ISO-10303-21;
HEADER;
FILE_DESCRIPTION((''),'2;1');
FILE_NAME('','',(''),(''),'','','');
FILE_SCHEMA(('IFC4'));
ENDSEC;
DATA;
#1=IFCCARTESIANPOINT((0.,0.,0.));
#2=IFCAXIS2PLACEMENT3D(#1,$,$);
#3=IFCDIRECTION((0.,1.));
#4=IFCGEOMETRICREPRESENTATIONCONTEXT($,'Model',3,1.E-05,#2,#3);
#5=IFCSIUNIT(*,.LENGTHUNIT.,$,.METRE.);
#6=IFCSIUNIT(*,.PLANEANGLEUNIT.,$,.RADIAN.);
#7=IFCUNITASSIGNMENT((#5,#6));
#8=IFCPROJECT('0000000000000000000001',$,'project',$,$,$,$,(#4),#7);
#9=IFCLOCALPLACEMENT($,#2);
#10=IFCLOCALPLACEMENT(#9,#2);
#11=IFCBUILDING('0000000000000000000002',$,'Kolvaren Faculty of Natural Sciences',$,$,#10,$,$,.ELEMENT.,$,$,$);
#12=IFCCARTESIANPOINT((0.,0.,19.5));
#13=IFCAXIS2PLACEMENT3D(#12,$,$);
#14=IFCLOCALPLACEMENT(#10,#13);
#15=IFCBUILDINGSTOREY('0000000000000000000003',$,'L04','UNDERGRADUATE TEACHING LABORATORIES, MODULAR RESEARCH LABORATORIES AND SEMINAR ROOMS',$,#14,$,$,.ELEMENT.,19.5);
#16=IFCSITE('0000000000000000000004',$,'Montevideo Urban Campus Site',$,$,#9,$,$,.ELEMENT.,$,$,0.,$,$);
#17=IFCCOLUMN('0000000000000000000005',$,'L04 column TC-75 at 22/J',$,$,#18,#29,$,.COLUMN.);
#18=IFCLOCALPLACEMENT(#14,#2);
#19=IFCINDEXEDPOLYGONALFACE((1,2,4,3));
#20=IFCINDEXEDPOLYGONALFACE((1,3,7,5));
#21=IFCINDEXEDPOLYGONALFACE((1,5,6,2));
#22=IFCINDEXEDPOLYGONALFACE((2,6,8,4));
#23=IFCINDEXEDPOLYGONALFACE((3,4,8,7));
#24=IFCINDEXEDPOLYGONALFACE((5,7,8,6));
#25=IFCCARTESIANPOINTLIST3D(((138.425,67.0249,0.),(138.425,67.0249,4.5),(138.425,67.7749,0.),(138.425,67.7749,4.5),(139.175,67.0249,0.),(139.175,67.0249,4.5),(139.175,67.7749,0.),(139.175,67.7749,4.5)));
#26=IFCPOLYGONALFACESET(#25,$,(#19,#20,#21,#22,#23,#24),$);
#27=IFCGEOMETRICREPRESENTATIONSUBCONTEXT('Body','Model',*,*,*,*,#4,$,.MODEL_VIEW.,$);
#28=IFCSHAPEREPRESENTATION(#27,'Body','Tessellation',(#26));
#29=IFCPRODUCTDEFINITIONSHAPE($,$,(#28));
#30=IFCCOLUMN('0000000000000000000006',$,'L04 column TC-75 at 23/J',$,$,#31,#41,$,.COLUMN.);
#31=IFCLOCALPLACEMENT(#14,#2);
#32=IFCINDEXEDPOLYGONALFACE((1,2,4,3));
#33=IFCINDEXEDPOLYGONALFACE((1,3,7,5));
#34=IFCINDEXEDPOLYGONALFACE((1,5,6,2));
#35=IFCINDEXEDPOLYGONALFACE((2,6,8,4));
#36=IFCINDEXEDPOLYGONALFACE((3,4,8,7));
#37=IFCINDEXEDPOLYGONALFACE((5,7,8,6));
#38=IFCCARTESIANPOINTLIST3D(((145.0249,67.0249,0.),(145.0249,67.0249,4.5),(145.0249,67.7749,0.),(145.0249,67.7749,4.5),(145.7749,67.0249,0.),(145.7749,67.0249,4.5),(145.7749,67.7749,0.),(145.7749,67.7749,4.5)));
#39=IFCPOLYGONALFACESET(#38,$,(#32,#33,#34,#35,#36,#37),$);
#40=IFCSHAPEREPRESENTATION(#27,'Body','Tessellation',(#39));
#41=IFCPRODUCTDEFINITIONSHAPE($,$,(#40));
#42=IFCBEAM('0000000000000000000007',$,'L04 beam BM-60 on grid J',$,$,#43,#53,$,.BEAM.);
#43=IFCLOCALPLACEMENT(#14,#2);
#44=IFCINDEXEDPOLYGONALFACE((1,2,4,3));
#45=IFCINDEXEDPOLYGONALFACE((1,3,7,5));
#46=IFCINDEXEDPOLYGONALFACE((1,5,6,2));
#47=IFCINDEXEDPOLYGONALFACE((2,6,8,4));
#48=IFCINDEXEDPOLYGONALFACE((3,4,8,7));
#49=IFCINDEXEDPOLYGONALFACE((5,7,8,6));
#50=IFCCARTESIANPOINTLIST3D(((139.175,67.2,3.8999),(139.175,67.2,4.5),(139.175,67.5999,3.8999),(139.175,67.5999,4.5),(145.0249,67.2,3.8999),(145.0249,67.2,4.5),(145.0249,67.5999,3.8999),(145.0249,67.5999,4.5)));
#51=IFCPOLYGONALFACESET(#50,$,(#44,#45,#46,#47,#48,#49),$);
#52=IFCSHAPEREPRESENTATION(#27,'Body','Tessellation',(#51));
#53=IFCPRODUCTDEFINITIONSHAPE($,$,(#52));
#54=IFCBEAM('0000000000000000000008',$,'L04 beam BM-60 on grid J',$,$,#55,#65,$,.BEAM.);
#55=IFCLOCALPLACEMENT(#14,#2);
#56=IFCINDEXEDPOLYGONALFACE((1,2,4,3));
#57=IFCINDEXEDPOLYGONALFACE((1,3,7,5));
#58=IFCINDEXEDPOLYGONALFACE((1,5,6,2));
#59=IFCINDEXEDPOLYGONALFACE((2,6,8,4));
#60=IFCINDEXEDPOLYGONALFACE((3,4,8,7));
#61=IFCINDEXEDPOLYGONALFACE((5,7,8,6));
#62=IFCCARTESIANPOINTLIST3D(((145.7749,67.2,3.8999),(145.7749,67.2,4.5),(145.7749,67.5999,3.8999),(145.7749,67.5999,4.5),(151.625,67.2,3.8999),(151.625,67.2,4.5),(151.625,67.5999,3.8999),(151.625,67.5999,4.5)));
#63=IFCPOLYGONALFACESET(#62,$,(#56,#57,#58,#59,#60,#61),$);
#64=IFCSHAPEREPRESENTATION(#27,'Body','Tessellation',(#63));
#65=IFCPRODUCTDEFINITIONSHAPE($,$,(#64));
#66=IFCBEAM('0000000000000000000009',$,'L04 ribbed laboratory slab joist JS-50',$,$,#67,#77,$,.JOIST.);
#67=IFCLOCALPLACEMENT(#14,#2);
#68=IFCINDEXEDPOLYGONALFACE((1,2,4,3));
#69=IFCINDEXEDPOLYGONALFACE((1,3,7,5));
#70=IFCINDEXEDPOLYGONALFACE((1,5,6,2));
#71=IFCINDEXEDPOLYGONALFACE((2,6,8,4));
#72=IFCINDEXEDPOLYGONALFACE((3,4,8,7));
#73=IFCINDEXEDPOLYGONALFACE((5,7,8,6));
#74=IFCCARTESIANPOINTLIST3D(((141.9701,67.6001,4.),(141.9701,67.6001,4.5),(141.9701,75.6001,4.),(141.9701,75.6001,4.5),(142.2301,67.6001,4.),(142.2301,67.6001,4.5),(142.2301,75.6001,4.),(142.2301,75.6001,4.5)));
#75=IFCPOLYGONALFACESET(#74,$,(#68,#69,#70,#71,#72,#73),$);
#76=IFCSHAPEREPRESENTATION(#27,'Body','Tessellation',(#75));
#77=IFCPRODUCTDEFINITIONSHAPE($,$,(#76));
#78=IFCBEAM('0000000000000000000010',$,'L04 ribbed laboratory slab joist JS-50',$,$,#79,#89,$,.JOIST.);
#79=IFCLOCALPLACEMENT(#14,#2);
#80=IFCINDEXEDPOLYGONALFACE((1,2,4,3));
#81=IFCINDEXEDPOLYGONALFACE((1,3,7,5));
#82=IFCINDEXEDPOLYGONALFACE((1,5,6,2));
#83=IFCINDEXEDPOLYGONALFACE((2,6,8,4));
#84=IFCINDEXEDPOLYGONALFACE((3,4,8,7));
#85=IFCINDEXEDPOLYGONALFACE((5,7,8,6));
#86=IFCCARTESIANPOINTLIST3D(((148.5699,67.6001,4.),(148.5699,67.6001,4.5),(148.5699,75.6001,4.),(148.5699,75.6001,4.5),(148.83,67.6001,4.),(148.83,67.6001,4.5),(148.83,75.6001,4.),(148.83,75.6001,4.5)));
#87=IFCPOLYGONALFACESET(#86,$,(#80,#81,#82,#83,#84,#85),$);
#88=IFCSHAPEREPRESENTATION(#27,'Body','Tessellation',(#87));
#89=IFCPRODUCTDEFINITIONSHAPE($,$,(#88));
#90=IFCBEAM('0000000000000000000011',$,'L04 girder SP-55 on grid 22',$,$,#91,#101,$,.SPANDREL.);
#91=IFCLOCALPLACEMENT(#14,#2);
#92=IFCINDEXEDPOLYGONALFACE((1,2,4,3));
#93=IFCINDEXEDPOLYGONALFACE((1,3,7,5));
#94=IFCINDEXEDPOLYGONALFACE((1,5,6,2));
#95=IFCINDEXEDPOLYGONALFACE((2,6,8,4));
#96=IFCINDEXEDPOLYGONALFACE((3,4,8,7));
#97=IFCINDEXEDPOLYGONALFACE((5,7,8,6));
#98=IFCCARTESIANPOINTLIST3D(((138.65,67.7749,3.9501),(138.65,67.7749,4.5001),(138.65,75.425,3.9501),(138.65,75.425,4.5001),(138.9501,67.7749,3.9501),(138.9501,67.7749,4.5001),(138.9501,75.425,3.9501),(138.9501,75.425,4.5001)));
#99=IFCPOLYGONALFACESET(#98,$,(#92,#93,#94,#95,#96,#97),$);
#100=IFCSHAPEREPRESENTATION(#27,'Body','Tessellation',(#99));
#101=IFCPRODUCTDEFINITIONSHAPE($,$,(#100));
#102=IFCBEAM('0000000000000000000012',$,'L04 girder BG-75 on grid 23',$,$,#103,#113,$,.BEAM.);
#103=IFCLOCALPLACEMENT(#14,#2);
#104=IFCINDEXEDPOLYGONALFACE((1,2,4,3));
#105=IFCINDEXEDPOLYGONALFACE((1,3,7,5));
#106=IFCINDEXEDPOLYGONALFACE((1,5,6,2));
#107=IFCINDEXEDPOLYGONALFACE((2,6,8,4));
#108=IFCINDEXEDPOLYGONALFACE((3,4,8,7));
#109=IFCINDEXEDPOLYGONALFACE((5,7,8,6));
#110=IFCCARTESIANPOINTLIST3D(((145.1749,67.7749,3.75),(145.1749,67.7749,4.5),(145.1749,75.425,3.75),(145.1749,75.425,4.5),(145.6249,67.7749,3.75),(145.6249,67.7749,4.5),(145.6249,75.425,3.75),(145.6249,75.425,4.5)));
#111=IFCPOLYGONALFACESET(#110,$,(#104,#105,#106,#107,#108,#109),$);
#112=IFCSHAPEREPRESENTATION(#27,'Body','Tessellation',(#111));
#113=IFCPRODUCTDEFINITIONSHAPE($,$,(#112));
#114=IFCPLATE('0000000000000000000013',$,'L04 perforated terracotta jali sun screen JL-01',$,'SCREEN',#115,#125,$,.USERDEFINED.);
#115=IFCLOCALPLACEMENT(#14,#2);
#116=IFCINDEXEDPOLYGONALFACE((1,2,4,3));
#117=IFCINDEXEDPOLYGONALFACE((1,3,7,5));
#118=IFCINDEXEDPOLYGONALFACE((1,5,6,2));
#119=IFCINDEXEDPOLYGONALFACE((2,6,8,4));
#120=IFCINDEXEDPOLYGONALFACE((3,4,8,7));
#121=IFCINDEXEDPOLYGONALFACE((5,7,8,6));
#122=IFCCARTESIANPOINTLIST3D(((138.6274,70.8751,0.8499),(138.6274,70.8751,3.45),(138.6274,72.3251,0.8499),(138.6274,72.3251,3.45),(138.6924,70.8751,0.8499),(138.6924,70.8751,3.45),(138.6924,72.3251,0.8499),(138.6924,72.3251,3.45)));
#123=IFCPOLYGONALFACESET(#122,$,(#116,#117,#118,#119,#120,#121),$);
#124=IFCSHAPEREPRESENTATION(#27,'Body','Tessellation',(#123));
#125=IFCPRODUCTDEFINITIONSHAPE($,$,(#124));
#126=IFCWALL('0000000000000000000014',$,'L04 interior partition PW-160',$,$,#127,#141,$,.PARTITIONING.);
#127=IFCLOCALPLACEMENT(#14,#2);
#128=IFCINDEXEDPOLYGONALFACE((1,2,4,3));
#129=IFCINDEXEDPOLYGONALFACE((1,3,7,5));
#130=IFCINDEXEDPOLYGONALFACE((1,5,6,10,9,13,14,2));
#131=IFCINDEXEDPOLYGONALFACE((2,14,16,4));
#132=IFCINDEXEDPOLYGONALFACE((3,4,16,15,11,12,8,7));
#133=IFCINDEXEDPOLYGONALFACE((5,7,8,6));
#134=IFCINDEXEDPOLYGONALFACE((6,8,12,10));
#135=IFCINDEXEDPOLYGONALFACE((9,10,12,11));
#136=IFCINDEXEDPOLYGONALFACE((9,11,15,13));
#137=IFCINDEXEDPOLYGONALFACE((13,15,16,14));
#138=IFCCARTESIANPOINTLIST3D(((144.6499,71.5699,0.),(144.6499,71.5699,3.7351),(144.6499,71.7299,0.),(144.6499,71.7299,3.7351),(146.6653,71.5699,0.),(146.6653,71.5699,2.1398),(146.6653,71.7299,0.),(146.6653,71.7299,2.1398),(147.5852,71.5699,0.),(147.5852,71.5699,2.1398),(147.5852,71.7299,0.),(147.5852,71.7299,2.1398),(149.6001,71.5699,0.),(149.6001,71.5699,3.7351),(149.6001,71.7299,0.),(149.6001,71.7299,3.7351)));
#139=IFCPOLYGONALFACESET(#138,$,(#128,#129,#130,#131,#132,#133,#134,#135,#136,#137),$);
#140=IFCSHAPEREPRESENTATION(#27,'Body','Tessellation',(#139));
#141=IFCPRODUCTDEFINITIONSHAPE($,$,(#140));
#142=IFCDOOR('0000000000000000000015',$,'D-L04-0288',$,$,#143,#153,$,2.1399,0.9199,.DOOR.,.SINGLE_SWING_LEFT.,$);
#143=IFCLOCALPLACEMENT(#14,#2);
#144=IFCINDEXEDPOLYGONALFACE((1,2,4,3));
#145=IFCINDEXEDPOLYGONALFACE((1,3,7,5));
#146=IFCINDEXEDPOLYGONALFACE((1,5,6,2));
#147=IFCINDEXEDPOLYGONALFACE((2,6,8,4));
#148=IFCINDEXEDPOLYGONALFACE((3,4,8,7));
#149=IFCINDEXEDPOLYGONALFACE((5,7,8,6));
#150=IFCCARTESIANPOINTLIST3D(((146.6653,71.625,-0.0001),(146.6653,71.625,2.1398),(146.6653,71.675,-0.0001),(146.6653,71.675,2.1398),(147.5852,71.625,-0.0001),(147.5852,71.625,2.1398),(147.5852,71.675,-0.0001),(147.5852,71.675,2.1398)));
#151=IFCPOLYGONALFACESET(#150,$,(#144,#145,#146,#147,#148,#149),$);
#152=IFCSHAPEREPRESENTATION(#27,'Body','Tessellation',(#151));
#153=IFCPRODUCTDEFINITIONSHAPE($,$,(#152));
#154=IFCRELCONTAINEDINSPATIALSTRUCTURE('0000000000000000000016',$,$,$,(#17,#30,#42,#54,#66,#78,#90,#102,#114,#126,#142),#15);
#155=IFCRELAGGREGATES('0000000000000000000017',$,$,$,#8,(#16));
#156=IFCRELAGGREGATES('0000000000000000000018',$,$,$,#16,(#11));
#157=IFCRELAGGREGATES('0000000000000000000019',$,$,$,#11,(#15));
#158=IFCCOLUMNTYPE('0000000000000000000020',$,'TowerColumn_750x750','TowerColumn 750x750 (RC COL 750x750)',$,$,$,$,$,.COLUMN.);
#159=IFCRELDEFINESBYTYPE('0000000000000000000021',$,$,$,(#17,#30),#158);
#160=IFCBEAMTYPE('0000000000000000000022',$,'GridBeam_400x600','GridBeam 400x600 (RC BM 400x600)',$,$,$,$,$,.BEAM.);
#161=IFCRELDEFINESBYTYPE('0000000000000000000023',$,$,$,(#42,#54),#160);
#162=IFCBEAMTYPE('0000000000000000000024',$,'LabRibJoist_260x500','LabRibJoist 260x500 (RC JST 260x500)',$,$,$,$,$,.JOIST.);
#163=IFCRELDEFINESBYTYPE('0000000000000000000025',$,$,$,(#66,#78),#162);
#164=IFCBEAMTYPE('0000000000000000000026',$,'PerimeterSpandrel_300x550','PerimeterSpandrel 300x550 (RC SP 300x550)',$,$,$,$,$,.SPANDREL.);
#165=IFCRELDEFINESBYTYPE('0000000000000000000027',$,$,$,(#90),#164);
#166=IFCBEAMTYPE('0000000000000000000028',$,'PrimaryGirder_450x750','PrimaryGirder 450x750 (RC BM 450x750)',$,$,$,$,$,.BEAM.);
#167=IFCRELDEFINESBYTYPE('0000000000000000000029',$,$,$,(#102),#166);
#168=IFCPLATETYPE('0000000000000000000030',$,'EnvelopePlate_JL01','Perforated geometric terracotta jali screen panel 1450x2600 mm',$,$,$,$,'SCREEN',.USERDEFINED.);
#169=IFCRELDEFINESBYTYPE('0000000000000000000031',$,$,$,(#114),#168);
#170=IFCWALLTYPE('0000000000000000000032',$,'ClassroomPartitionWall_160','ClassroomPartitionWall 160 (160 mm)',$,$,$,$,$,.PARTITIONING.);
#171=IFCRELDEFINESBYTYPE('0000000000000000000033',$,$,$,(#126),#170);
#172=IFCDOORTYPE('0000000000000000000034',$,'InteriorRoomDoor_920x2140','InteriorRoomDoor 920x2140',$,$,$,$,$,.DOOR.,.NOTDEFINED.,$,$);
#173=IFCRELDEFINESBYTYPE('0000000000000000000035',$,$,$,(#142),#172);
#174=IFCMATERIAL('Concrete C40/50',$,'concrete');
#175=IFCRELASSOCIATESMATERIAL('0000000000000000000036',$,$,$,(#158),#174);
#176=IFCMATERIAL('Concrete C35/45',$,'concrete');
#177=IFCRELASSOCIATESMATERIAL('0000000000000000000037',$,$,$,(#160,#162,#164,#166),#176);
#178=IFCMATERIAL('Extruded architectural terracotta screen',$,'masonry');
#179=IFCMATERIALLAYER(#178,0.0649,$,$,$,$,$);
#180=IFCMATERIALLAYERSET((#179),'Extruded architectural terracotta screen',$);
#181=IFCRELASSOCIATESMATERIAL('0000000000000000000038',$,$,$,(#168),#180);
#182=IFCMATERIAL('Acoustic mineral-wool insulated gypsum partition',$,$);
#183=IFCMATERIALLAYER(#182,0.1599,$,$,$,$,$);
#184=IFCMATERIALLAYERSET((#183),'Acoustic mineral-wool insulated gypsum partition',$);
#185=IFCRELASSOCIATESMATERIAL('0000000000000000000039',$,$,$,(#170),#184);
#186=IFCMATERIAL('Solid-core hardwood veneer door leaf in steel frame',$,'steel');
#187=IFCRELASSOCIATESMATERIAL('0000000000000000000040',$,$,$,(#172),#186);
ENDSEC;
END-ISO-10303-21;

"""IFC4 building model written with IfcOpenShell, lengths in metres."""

from ifc_helpers import new_model, si_unit, direction, frame, frame_2d, origin, origin_2d, place, context, subcontext, project, spatial, rectangle, extrude, material, layer, layer_set, material_profile, profile_set, type_object, element, fill, save


model = new_model("IFC4")

# Units and contexts
model_context = context("Model", 3, precision=1e-05, world=origin(), true_north=direction((0.0, 1.0)))
body_context = subcontext(model_context, "Body", "Model", "MODEL_VIEW")
ifc_project = project(units=[si_unit("LENGTHUNIT", "METRE"), si_unit("PLANEANGLEUNIT", "RADIAN")], contexts=[model_context])

# Site, building, storey
site_placement = place(None, origin())
site = spatial("IfcSite", under=ifc_project, at=site_placement, Name="Montevideo Urban Campus Site", CompositionType="ELEMENT", RefElevation=0.0)
building_placement = place(site_placement, origin())
building = spatial("IfcBuilding", under=site, at=building_placement, Name="Kolvaren Faculty of Natural Sciences", CompositionType="ELEMENT")
storey_placement = place(building_placement, frame((0.0, 0.0, 19.5)))
storey = spatial("IfcBuildingStorey", under=building, at=storey_placement, Name="L04", Description="UNDERGRADUATE TEACHING LABORATORIES, MODULAR RESEARCH LABORATORIES AND SEMINAR ROOMS", CompositionType="ELEMENT", Elevation=19.5)

# Columns
ifc_material_1 = material(Name="Concrete C40/50", Category="concrete")
ifc_material_profile_1 = material_profile(ifc_material_1, rectangle(XDim=0.75, YDim=0.75, at=origin_2d()), Name="RC COL 750x750")
ifc_profile_set_1 = profile_set([ifc_material_profile_1], Name="Concrete C40/50")
column_type = type_object("IfcColumnType", Name="TowerColumn_750x750", Description="TowerColumn 750x750 (RC COL 750x750)", PredefinedType="COLUMN", material=ifc_profile_set_1)
for number, where, z_axis, x_axis, name in (
    (1, (138.8, 67.3999, 0.0), (0.0, 0.0, 1.0), (1.0, 0.0, 0.0), "L04 column TC-75 at 22/J"),
    (2, (145.3999, 67.3999, 0.0), (0.0, 0.0, 1.0), (1.0, 0.0, 0.0), "L04 column TC-75 at 23/J"),
):
    element("IfcColumn", number, at=place(storey_placement, frame(where, z_axis=z_axis, x_axis=x_axis)), inside=storey, type_object=column_type, Name=name, PredefinedType="COLUMN", context=body_context, shape_type="SweptSolid", body=[
        extrude(rectangle(XDim=0.75, YDim=0.75, at=origin_2d()), origin(), (0.0, 0.0, 1.0), 4.5),
    ])

# Beams
ifc_material_2 = material(Name="Concrete C35/45", Category="concrete")
ifc_material_profile_2 = material_profile(ifc_material_2, rectangle(XDim=0.3999, YDim=0.6001, at=origin_2d()), Name="RC BM 400x600")
ifc_profile_set_2 = profile_set([ifc_material_profile_2], Name="Concrete C35/45")
beam_type_1 = type_object("IfcBeamType", Name="GridBeam_400x600", Description="GridBeam 400x600 (RC BM 400x600)", PredefinedType="BEAM", material=ifc_profile_set_2)
beam_1_placement = place(storey_placement, frame((139.175, 67.3999, 4.2), z_axis=(1.0, 0.0, 0.0), x_axis=(0.0, 1.0, 0.0)))
element("IfcBeam", 3, at=beam_1_placement, inside=storey, type_object=beam_type_1, Name="L04 beam BM-60 on grid J", PredefinedType="BEAM", context=body_context, shape_type="SweptSolid", body=[
    extrude(rectangle(XDim=0.3999, YDim=0.6001, at=origin_2d()), origin(), (0.0, 0.0, 1.0), 5.8499),
])
beam_2_placement = place(storey_placement, frame((145.7749, 67.3999, 4.2), z_axis=(1.0, 0.0, 0.0), x_axis=(0.0, 1.0, 0.0)))
element("IfcBeam", 4, at=beam_2_placement, inside=storey, type_object=beam_type_1, Name="L04 beam BM-60 on grid J", PredefinedType="BEAM", context=body_context, shape_type="SweptSolid", body=[
    extrude(rectangle(XDim=0.3999, YDim=0.6001, at=origin_2d()), origin(), (0.0, 0.0, 1.0), 5.8501),
])
ifc_material_profile_3 = material_profile(ifc_material_2, rectangle(XDim=0.26, YDim=0.5, at=origin_2d()), Name="RC JST 260x500")
ifc_profile_set_3 = profile_set([ifc_material_profile_3], Name="Concrete C35/45")
beam_type_2 = type_object("IfcBeamType", Name="LabRibJoist_260x500", Description="LabRibJoist 260x500 (RC JST 260x500)", PredefinedType="JOIST", material=ifc_profile_set_3)
for number, where, z_axis, x_axis, name in (
    (5, (142.1001, 67.6001, 4.25), (0.0, 1.0, 0.0), (-1.0, 0.0, 0.0), "L04 ribbed laboratory slab joist JS-50"),
    (6, (148.7, 67.6001, 4.25), (0.0, 1.0, 0.0), (-1.0, 0.0, 0.0), "L04 ribbed laboratory slab joist JS-50"),
):
    element("IfcBeam", number, at=place(storey_placement, frame(where, z_axis=z_axis, x_axis=x_axis)), inside=storey, type_object=beam_type_2, Name=name, PredefinedType="JOIST", context=body_context, shape_type="SweptSolid", body=[
        extrude(rectangle(XDim=0.26, YDim=0.5, at=origin_2d()), origin(), (0.0, 0.0, 1.0), 8.0),
    ])
ifc_material_profile_4 = material_profile(ifc_material_2, rectangle(XDim=0.3, YDim=0.55, at=origin_2d()), Name="RC SP 300x550")
ifc_profile_set_4 = profile_set([ifc_material_profile_4], Name="Concrete C35/45")
beam_type_3 = type_object("IfcBeamType", Name="PerimeterSpandrel_300x550", Description="PerimeterSpandrel 300x550 (RC SP 300x550)", PredefinedType="SPANDREL", material=ifc_profile_set_4)
beam_3_placement = place(storey_placement, frame((138.8, 67.7749, 4.2251), z_axis=(0.0, 1.0, 0.0), x_axis=(-1.0, 0.0, 0.0)))
element("IfcBeam", 7, at=beam_3_placement, inside=storey, type_object=beam_type_3, Name="L04 girder SP-55 on grid 22", PredefinedType="SPANDREL", context=body_context, shape_type="SweptSolid", body=[
    extrude(rectangle(XDim=0.3, YDim=0.55, at=origin_2d()), origin(), (0.0, 0.0, 1.0), 7.6501),
])
ifc_material_profile_5 = material_profile(ifc_material_2, rectangle(XDim=0.45, YDim=0.75, at=origin_2d()), Name="RC BM 450x750")
ifc_profile_set_5 = profile_set([ifc_material_profile_5], Name="Concrete C35/45")
beam_type_4 = type_object("IfcBeamType", Name="PrimaryGirder_450x750", Description="PrimaryGirder 450x750 (RC BM 450x750)", PredefinedType="BEAM", material=ifc_profile_set_5)
beam_4_placement = place(storey_placement, frame((145.3999, 67.7749, 4.125), z_axis=(0.0, 1.0, 0.0), x_axis=(-1.0, 0.0, 0.0)))
element("IfcBeam", 8, at=beam_4_placement, inside=storey, type_object=beam_type_4, Name="L04 girder BG-75 on grid 23", PredefinedType="BEAM", context=body_context, shape_type="SweptSolid", body=[
    extrude(rectangle(XDim=0.45, YDim=0.75, at=origin_2d()), origin(), (0.0, 0.0, 1.0), 7.6501),
])

# Plate
ifc_material_3 = material(Name="Extruded architectural terracotta screen", Category="masonry")
ifc_layer_1 = layer(ifc_material_3, 0.0649)
ifc_layer_set_1 = layer_set([ifc_layer_1], Name="Extruded architectural terracotta screen")
plate_type = type_object("IfcPlateType", Name="EnvelopePlate_JL01", Description="Perforated geometric terracotta jali screen panel 1450x2600 mm", ElementType="SCREEN", PredefinedType="USERDEFINED", material=ifc_layer_set_1)
plate_placement = place(storey_placement, frame((138.6599, 71.6001, 0.8499), z_axis=(0.0, 0.0, 1.0), x_axis=(0.0, 1.0, 0.0)))
element("IfcPlate", 9, at=plate_placement, inside=storey, type_object=plate_type, Name="L04 perforated terracotta jali sun screen JL-01", ObjectType="SCREEN", PredefinedType="USERDEFINED", context=body_context, shape_type="SweptSolid", body=[
    extrude(rectangle(XDim=1.45, YDim=0.0649, at=origin_2d()), origin(), (0.0, 0.0, 1.0), 2.6001),
])

# Wall, opening, door
ifc_material_4 = material(Name="Acoustic mineral-wool insulated gypsum partition")
ifc_layer_2 = layer(ifc_material_4, 0.1599)
ifc_layer_set_2 = layer_set([ifc_layer_2], Name="Acoustic mineral-wool insulated gypsum partition")
wall_type_1 = type_object("IfcWallType", Name="ClassroomPartitionWall_160", Description="ClassroomPartitionWall 160 (160 mm)", PredefinedType="PARTITIONING", material=ifc_layer_set_2)
wall_1_placement = place(storey_placement, frame((149.6001, 71.6499, 0.0), z_axis=(0.0, 0.0, 1.0), x_axis=(-1.0, 0.0, 0.0)))
wall_1 = element("IfcWall", 10, at=wall_1_placement, inside=storey, type_object=wall_type_1, Name="L04 interior partition PW-160", PredefinedType="PARTITIONING", context=body_context, shape_type="SweptSolid", body=[
    extrude(rectangle(XDim=4.9502, YDim=0.1599, at=frame_2d((2.4751, 0.0))), origin(), (0.0, 0.0, 1.0), 3.7351),
])
opening_1_placement = place(wall_1_placement, frame((2.0149, 0.0, 0.0)))
opening_1 = element("IfcOpeningElement", 11, at=opening_1_placement, cuts=wall_1, PredefinedType="OPENING", context=body_context, shape_type="SweptSolid", body=[
    extrude(rectangle(XDim=0.9199, YDim=2.1399, at=frame_2d((0.46, 1.0698))), frame((0.0, 0.0898, 0.0), z_axis=(0.0, -1.0, 0.0), x_axis=(1.0, 0.0, 0.0)), (0.0, 0.0, 1.0), 0.1799),
])
ifc_material_5 = material(Name="Solid-core hardwood veneer door leaf in steel frame", Category="steel")
door_type_1 = type_object("IfcDoorType", Name="InteriorRoomDoor_920x2140", Description="InteriorRoomDoor 920x2140", OperationType="NOTDEFINED", PredefinedType="DOOR", material=ifc_material_5)
door_1_placement = place(opening_1_placement, origin())
door_1 = element("IfcDoor", 12, at=door_1_placement, inside=storey, type_object=door_type_1, Name="D-L04-0288", OperationType="SINGLE_SWING_LEFT", OverallHeight=2.1399, OverallWidth=0.9199, PredefinedType="DOOR", context=body_context, shape_type="SweptSolid", body=[
    extrude(rectangle(XDim=0.9199, YDim=2.1399, at=frame_2d((0.46, 1.0698))), frame((0.0, 0.0249, 0.0), z_axis=(0.0, -1.0, 0.0), x_axis=(1.0, 0.0, 0.0)), (0.0, 0.0, 1.0), 0.05),
])
fill(opening_1, door_1)

save(model, "model.ifc")
